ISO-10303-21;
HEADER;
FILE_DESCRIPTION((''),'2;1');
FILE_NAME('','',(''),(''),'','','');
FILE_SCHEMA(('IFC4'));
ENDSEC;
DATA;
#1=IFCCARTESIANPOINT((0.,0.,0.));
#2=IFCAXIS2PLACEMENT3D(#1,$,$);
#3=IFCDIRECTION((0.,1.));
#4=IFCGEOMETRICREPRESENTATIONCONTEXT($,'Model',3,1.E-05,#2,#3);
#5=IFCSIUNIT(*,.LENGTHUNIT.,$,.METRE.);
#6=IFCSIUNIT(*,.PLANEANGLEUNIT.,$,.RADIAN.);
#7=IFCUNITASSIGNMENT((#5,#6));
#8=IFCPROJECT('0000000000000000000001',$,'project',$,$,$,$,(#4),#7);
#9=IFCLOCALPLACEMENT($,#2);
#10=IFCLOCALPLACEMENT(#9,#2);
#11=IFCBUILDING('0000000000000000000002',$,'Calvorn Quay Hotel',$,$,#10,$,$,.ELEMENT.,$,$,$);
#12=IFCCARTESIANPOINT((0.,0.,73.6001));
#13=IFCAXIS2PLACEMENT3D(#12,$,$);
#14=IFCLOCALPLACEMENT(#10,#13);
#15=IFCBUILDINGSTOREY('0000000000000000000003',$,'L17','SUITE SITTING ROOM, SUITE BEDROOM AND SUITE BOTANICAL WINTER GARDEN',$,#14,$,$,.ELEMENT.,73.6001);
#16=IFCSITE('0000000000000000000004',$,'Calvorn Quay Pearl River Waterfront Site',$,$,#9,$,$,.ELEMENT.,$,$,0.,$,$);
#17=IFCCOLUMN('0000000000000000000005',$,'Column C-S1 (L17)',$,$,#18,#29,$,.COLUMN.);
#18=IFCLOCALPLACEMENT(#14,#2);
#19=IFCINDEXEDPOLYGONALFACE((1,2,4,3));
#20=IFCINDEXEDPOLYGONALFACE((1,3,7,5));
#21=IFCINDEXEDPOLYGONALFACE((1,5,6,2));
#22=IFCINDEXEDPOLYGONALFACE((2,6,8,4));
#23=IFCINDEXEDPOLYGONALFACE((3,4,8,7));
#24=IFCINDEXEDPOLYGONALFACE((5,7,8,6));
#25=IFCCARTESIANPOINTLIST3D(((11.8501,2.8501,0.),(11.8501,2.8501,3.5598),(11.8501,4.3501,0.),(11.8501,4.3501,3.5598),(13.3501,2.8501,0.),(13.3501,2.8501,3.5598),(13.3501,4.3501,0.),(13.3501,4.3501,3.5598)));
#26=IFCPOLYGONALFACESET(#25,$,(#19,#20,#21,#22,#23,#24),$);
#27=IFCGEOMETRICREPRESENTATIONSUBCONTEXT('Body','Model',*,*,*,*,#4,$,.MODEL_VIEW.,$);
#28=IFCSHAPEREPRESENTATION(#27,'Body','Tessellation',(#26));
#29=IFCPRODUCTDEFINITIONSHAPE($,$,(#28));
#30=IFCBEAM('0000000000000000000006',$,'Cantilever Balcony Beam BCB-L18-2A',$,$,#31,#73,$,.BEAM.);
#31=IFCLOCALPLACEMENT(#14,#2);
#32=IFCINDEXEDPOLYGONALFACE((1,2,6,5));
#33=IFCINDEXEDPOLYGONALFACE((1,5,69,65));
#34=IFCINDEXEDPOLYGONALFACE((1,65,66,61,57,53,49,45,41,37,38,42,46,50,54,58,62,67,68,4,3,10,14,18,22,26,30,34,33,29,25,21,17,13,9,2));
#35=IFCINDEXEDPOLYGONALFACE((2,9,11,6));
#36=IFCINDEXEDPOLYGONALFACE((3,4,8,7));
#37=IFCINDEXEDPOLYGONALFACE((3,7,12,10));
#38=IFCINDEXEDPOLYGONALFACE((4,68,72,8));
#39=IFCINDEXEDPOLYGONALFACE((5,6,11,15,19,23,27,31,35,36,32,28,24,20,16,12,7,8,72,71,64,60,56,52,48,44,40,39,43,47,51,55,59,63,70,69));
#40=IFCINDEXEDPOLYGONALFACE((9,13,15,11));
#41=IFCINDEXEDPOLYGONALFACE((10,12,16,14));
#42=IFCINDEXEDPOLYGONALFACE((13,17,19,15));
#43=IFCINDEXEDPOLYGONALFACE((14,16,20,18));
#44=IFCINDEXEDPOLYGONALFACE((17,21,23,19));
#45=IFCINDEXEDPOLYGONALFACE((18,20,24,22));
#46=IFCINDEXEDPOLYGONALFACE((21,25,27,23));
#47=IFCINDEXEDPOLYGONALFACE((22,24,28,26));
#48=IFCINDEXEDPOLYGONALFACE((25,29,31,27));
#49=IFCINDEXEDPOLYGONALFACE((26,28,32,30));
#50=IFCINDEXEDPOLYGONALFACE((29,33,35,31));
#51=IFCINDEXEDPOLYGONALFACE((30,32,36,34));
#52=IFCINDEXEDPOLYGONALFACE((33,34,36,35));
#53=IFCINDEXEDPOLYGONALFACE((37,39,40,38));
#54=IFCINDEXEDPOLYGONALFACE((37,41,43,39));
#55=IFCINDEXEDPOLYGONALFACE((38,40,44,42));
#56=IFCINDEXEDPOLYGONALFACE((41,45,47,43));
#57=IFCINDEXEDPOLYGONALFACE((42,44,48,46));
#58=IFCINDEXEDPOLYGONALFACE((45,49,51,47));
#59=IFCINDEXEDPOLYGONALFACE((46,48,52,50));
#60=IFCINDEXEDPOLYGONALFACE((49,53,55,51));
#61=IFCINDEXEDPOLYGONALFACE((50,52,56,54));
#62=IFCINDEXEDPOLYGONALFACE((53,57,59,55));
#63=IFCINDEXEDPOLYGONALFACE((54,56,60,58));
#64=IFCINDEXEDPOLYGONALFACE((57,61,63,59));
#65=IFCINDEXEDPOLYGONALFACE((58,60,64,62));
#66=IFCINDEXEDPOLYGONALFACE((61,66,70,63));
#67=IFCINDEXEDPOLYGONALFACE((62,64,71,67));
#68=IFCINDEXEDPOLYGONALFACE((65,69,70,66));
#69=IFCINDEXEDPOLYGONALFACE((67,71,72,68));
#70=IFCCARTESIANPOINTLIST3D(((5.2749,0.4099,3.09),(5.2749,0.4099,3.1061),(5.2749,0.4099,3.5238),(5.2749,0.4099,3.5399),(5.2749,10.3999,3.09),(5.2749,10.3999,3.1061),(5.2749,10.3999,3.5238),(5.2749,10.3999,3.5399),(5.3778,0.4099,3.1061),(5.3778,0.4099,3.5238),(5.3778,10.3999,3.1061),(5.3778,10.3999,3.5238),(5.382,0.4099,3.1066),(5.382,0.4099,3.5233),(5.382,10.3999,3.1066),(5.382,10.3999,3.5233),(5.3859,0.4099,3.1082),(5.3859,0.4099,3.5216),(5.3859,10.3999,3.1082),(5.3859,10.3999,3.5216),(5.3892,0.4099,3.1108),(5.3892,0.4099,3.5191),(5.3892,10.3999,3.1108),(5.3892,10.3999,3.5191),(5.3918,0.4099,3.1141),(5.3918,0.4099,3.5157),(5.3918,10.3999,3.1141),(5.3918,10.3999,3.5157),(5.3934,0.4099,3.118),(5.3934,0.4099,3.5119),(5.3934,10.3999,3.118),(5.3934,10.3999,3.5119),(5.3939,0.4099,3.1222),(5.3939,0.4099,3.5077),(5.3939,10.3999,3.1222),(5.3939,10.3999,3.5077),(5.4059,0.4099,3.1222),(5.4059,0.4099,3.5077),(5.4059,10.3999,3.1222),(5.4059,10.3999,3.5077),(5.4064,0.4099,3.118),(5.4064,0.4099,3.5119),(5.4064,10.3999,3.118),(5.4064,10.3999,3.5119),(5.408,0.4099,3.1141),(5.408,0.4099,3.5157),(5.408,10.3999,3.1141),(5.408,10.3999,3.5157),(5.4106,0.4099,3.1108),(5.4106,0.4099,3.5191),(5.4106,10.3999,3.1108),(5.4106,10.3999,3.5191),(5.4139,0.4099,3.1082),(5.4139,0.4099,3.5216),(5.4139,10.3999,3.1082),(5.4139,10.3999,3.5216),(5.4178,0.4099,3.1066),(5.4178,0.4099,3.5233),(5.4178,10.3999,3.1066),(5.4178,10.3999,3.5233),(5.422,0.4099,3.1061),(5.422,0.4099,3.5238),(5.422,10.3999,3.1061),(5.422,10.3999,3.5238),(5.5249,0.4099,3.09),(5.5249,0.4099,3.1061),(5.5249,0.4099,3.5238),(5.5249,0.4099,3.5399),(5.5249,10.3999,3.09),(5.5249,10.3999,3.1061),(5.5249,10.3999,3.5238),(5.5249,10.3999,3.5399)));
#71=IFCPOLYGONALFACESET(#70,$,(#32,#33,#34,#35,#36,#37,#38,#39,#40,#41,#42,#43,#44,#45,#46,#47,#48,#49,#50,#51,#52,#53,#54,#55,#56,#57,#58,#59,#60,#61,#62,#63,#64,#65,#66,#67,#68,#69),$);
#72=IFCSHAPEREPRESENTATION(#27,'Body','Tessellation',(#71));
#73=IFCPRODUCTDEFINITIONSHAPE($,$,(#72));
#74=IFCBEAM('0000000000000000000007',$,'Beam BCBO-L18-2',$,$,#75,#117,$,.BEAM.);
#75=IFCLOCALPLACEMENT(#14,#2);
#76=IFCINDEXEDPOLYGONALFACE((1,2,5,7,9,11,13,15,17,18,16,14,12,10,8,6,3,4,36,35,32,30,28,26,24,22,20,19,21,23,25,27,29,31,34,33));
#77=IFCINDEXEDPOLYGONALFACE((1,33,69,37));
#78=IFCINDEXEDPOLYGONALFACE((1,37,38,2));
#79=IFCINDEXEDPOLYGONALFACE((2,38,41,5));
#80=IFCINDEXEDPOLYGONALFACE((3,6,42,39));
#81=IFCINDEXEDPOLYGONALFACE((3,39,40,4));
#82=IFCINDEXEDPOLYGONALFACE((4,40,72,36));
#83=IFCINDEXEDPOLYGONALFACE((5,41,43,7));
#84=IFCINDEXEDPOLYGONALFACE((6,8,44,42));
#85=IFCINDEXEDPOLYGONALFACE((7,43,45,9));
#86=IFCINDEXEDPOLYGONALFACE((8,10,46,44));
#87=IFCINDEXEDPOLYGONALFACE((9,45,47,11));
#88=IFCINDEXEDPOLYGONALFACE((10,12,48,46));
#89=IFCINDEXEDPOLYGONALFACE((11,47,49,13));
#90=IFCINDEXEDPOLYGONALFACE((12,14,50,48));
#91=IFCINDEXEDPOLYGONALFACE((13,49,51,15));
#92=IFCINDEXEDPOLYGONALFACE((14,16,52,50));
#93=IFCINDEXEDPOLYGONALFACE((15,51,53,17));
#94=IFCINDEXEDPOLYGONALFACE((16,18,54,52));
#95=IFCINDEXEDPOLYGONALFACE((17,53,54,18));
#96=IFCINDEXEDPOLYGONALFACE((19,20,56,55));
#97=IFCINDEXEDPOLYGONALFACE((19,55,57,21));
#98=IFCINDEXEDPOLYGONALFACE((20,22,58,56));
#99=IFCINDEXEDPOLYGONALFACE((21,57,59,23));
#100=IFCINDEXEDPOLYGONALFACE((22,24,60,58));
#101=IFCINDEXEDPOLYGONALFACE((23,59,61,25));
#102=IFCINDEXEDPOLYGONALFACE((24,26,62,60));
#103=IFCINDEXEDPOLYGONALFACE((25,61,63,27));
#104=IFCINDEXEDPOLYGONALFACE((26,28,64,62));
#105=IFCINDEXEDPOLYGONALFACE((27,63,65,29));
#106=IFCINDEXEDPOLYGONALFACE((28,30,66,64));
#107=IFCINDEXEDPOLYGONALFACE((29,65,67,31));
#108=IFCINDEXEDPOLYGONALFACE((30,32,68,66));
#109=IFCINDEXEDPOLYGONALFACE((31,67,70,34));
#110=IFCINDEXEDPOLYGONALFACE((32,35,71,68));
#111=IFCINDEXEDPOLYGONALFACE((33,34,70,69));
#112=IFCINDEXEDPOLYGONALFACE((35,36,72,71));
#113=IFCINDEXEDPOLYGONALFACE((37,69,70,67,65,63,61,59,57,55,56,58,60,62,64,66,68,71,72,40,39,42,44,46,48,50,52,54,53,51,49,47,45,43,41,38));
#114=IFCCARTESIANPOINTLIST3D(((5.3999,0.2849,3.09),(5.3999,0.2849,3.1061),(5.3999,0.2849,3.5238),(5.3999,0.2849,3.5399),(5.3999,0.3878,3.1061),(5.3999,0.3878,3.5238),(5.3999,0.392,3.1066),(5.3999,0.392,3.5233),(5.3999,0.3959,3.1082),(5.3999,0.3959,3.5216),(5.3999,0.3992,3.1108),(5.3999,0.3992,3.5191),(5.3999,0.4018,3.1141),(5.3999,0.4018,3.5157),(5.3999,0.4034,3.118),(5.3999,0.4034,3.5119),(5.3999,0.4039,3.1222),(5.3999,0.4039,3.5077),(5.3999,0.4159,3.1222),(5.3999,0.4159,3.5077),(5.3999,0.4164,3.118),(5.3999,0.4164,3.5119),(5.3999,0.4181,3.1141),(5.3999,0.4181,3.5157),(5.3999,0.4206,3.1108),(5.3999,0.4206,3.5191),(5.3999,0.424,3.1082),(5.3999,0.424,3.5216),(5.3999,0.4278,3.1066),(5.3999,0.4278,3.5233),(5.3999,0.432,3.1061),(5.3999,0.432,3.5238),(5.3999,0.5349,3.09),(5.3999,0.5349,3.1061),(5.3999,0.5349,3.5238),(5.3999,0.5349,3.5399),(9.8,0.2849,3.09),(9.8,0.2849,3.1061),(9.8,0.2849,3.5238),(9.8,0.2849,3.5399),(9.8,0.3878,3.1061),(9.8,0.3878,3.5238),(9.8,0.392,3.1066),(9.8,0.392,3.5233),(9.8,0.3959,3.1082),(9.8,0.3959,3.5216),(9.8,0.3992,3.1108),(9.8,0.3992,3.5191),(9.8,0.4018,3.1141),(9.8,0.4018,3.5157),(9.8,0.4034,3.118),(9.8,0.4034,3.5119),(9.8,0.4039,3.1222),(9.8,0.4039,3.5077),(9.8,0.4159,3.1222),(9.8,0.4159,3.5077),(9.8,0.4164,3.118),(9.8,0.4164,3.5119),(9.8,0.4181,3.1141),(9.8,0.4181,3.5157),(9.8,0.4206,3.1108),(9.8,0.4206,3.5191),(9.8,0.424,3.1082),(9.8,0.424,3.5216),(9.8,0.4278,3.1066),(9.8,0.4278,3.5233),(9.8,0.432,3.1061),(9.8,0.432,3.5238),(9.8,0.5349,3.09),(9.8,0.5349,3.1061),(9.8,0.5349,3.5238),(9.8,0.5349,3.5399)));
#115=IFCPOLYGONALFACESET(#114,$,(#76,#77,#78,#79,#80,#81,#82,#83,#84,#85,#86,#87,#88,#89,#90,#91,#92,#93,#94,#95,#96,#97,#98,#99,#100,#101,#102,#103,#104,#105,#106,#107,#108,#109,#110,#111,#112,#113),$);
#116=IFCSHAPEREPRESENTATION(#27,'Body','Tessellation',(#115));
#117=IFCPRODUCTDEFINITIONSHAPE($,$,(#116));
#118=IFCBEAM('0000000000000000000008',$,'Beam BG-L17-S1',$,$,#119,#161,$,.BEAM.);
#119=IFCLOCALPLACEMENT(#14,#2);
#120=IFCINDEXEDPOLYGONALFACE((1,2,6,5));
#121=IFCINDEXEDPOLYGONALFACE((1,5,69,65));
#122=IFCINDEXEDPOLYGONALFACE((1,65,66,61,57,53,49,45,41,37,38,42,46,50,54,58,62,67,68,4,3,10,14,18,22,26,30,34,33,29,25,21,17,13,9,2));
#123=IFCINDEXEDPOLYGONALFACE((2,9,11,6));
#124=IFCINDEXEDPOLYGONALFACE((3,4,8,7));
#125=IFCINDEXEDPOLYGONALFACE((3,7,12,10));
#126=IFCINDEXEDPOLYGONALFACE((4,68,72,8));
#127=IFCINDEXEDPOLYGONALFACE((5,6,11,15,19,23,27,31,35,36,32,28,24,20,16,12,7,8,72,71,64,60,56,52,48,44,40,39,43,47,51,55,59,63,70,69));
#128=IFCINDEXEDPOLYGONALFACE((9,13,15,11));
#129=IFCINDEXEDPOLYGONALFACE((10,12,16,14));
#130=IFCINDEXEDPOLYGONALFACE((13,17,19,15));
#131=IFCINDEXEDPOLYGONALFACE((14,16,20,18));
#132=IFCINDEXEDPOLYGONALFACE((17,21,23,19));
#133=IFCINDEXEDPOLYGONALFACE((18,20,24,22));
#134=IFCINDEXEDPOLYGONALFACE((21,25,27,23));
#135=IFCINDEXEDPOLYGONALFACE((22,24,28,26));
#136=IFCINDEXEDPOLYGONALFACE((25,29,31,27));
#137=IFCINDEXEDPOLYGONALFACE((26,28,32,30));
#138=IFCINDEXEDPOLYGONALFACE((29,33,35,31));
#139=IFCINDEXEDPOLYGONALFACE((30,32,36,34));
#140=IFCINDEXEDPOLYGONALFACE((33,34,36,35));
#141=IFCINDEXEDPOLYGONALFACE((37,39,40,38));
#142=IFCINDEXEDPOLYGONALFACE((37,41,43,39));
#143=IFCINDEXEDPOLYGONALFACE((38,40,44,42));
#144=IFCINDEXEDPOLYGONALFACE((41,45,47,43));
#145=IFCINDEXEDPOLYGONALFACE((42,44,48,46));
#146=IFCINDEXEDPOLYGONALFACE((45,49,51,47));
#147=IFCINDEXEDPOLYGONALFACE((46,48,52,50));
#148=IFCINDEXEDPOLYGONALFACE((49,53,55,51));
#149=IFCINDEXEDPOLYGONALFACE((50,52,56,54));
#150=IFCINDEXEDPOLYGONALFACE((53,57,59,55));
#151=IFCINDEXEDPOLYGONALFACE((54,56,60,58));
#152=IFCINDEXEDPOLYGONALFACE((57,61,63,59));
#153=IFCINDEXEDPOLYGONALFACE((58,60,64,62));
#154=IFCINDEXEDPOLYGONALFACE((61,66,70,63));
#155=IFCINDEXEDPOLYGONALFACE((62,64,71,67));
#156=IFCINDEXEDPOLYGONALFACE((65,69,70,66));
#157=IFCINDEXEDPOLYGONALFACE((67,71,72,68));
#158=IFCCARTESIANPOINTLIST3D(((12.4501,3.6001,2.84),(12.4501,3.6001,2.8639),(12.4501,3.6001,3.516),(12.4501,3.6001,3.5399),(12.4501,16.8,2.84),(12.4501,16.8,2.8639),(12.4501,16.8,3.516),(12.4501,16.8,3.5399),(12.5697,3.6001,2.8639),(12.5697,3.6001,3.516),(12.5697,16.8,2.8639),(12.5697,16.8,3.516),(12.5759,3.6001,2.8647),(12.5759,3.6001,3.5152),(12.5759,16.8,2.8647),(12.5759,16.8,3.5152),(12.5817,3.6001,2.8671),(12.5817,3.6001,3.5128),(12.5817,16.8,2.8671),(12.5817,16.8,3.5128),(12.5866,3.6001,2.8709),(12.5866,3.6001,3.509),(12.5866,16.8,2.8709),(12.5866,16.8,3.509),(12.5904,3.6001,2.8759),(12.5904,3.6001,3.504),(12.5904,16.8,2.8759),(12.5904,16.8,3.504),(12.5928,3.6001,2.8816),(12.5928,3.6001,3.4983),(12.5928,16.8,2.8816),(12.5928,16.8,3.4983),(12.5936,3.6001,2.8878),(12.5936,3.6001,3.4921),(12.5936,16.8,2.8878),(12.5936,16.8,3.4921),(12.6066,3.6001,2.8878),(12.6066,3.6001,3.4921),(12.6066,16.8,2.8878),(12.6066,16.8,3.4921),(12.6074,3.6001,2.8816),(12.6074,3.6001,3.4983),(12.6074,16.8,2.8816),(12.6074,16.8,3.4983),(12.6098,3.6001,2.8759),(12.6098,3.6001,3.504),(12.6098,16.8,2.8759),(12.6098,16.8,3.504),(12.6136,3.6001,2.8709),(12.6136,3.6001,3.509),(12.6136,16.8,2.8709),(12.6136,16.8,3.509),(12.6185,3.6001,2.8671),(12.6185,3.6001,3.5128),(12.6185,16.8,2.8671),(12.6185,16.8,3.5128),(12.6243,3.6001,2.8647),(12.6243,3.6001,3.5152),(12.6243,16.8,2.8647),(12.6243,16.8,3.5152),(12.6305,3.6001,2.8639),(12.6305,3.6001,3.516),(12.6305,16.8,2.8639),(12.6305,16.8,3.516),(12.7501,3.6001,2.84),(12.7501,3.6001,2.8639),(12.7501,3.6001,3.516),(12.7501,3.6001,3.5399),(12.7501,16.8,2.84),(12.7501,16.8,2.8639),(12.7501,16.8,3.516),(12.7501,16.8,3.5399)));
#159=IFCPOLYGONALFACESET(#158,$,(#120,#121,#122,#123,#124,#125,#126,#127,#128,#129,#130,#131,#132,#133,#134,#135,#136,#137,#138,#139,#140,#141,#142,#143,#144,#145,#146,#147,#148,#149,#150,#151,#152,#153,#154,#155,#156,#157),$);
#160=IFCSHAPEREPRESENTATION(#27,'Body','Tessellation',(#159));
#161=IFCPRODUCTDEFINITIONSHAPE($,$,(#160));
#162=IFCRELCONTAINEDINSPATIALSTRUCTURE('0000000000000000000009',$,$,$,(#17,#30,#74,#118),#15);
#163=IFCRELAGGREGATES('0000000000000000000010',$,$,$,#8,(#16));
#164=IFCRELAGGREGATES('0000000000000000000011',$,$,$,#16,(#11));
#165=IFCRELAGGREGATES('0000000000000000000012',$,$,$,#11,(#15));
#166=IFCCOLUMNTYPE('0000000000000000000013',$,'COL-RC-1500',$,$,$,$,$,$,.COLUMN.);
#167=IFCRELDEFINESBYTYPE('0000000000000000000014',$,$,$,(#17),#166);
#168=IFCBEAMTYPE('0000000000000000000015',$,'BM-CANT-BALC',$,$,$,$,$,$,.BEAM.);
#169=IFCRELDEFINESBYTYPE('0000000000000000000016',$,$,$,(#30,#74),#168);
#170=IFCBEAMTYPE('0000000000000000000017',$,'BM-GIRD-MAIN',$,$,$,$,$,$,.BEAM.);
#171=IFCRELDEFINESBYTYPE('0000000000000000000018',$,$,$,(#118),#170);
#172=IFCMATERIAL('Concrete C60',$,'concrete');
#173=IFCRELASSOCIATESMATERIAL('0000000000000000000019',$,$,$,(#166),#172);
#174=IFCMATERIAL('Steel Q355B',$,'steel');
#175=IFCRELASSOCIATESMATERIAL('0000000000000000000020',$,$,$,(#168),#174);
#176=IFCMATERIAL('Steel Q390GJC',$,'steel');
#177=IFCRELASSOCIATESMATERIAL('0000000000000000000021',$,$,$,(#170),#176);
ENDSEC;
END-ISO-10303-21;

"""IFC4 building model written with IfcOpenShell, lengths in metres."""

from ifc_helpers import new_model, si_unit, direction, frame, origin, origin_2d, place, context, subcontext, project, spatial, rectangle, i_section, extrude, material, material_profile, profile_set, type_object, element, save


model = new_model("IFC4")

# Units and contexts
model_context = context("Model", 3, precision=1e-05, world=origin(), true_north=direction((0.0, 1.0)))
body_context = subcontext(model_context, "Body", "Model", "MODEL_VIEW")
ifc_project = project(units=[si_unit("LENGTHUNIT", "METRE"), si_unit("PLANEANGLEUNIT", "RADIAN")], contexts=[model_context])

# Site, building, storey
site_placement = place(None, origin())
site = spatial("IfcSite", under=ifc_project, at=site_placement, Name="Calvorn Quay Pearl River Waterfront Site", CompositionType="ELEMENT", RefElevation=0.0)
building_placement = place(site_placement, origin())
building = spatial("IfcBuilding", under=site, at=building_placement, Name="Calvorn Quay Hotel", CompositionType="ELEMENT")
storey_placement = place(building_placement, frame((0.0, 0.0, 73.6001)))
storey = spatial("IfcBuildingStorey", under=building, at=storey_placement, Name="L17", Description="SUITE SITTING ROOM, SUITE BEDROOM AND SUITE BOTANICAL WINTER GARDEN", CompositionType="ELEMENT", Elevation=73.6001)

# Column
ifc_material_1 = material(Name="Concrete C60", Category="concrete")
ifc_material_profile_1 = material_profile(ifc_material_1, rectangle(XDim=1.5, YDim=1.5, at=origin_2d()), Name="RC1500x1500")
ifc_profile_set_1 = profile_set([ifc_material_profile_1], Name="Concrete C60")
column_type = type_object("IfcColumnType", Name="COL-RC-1500", PredefinedType="COLUMN", material=ifc_profile_set_1)
column_placement = place(storey_placement, frame((12.6001, 3.6001, 0.0), z_axis=(0.0, 0.0, 1.0), x_axis=(1.0, 0.0, 0.0)))
element("IfcColumn", 1, at=column_placement, inside=storey, type_object=column_type, Name="Column C-S1 (L17)", PredefinedType="COLUMN", context=body_context, shape_type="SweptSolid", body=[
    extrude(rectangle(XDim=1.5, YDim=1.5, at=origin_2d()), origin(), (0.0, 0.0, 1.0), 3.5598),
])

# Beams
ifc_material_2 = material(Name="Steel Q355B", Category="steel")
ifc_material_profile_2 = material_profile(ifc_material_2, i_section(OverallWidth=0.25, OverallDepth=0.45, WebThickness=0.012, FlangeThickness=0.0161, FilletRadius=0.0161, at=origin_2d()), Name="HN450x250x12x16")
ifc_profile_set_2 = profile_set([ifc_material_profile_2], Name="Steel Q355B")
beam_type_1 = type_object("IfcBeamType", Name="BM-CANT-BALC", PredefinedType="BEAM", material=ifc_profile_set_2)
beam_1_placement = place(storey_placement, frame((5.3999, 10.3999, 3.3149), z_axis=(0.0, -1.0, 0.0), x_axis=(1.0, 0.0, 0.0)))
element("IfcBeam", 2, at=beam_1_placement, inside=storey, type_object=beam_type_1, Name="Cantilever Balcony Beam BCB-L18-2A", PredefinedType="BEAM", context=body_context, shape_type="SweptSolid", body=[
    extrude(i_section(OverallWidth=0.25, OverallDepth=0.45, WebThickness=0.012, FlangeThickness=0.0161, FilletRadius=0.0161, at=origin_2d()), origin(), (0.0, 0.0, 1.0), 9.99),
])
beam_2_placement = place(storey_placement, frame((5.3999, 0.4099, 3.3149), z_axis=(1.0, 0.0, 0.0), x_axis=(0.0, 1.0, 0.0)))
element("IfcBeam", 3, at=beam_2_placement, inside=storey, type_object=beam_type_1, Name="Beam BCBO-L18-2", PredefinedType="BEAM", context=body_context, shape_type="SweptSolid", body=[
    extrude(i_section(OverallWidth=0.25, OverallDepth=0.45, WebThickness=0.012, FlangeThickness=0.0161, FilletRadius=0.0161, at=origin_2d()), origin(), (0.0, 0.0, 1.0), 4.4001),
])
ifc_material_3 = material(Name="Steel Q390GJC", Category="steel")
ifc_material_profile_3 = material_profile(ifc_material_3, i_section(OverallWidth=0.3, OverallDepth=0.7, WebThickness=0.0129, FlangeThickness=0.0239, FilletRadius=0.0239, at=origin_2d()), Name="HN700x300x13x24")
ifc_profile_set_3 = profile_set([ifc_material_profile_3], Name="Steel Q390GJC")
beam_type_2 = type_object("IfcBeamType", Name="BM-GIRD-MAIN", PredefinedType="BEAM", material=ifc_profile_set_3)
beam_3_placement = place(storey_placement, frame((12.6001, 3.6001, 3.1899), z_axis=(0.0, 1.0, 0.0), x_axis=(-1.0, 0.0, 0.0)))
element("IfcBeam", 4, at=beam_3_placement, inside=storey, type_object=beam_type_2, Name="Beam BG-L17-S1", PredefinedType="BEAM", context=body_context, shape_type="SweptSolid", body=[
    extrude(i_section(OverallWidth=0.3, OverallDepth=0.7, WebThickness=0.0129, FlangeThickness=0.0239, FilletRadius=0.0239, at=origin_2d()), origin(), (0.0, 0.0, 1.0), 13.2),
])

save(model, "model.ifc")
